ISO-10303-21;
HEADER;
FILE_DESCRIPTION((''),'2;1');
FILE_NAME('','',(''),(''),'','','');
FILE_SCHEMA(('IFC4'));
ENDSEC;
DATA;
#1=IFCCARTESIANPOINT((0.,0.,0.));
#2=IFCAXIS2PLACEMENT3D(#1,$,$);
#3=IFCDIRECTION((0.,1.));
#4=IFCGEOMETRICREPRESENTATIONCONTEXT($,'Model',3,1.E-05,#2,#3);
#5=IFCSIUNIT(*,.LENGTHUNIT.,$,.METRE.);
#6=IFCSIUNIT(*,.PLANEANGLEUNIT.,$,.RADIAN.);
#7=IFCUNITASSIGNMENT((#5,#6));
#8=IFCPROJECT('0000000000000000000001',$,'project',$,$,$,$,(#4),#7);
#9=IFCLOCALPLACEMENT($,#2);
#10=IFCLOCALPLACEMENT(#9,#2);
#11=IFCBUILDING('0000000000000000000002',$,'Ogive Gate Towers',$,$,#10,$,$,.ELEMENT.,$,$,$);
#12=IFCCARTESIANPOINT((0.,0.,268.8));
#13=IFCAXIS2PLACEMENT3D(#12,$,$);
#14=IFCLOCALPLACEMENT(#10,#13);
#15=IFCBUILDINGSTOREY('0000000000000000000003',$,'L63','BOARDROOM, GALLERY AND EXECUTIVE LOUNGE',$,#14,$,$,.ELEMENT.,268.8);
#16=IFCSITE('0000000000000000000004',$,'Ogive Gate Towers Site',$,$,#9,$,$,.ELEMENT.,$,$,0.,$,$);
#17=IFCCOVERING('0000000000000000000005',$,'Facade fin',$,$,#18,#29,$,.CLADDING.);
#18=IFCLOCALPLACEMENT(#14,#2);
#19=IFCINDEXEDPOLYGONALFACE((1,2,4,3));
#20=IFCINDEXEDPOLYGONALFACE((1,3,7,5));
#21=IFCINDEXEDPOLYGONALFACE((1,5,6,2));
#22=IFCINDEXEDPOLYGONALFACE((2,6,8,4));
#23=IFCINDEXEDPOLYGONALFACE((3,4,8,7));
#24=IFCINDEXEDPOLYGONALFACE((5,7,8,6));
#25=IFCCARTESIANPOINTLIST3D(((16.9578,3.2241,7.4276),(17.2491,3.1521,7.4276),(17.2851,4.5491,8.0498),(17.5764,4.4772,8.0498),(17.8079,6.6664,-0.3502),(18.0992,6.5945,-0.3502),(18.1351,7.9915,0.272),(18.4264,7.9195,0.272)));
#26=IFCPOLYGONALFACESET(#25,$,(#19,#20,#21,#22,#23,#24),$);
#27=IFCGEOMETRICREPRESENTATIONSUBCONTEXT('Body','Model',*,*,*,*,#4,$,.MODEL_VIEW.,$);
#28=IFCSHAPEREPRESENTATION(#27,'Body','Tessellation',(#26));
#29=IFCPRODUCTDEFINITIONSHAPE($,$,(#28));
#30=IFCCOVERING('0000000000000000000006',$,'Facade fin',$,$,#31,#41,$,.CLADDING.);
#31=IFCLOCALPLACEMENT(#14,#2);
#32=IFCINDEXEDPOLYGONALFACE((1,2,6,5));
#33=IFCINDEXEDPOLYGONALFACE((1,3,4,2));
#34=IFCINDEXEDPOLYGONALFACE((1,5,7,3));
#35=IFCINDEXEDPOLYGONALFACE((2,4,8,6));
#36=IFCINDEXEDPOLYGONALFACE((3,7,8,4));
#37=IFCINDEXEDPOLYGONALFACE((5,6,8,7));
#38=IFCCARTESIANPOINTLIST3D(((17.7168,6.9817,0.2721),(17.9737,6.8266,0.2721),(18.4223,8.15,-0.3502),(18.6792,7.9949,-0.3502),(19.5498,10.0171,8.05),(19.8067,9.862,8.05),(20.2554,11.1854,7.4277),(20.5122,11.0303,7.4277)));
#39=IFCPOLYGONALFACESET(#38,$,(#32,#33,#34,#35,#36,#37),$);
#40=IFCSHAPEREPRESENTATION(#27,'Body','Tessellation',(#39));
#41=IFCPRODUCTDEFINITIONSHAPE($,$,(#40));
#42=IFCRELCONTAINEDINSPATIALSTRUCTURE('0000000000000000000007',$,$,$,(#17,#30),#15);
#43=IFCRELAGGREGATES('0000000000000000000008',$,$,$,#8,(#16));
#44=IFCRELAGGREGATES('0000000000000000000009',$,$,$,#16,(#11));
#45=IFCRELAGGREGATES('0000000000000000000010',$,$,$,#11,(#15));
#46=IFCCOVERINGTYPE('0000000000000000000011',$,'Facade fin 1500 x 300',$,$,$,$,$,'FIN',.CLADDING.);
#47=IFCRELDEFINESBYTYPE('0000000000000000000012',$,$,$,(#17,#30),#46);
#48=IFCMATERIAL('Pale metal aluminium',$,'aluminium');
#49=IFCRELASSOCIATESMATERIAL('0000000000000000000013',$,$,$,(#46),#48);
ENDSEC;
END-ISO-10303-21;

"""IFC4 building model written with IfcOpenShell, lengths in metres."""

from ifc_helpers import new_model, si_unit, direction, frame, origin, origin_2d, place, context, subcontext, project, spatial, rectangle, extrude, material, material_profile, profile_set, type_object, element, save


model = new_model("IFC4")

# Units and contexts
model_context = context("Model", 3, precision=1e-05, world=origin(), true_north=direction((0.0, 1.0)))
body_context = subcontext(model_context, "Body", "Model", "MODEL_VIEW")
ifc_project = project(units=[si_unit("LENGTHUNIT", "METRE"), si_unit("PLANEANGLEUNIT", "RADIAN")], contexts=[model_context])

# Site, building, storey
site_placement = place(None, origin())
site = spatial("IfcSite", under=ifc_project, at=site_placement, Name="Ogive Gate Towers Site", CompositionType="ELEMENT", RefElevation=0.0)
building_placement = place(site_placement, origin())
building = spatial("IfcBuilding", under=site, at=building_placement, Name="Ogive Gate Towers", CompositionType="ELEMENT")
storey_placement = place(building_placement, frame((0.0, 0.0, 268.8)))
storey = spatial("IfcBuildingStorey", under=building, at=storey_placement, Name="L63", Description="BOARDROOM, GALLERY AND EXECUTIVE LOUNGE", CompositionType="ELEMENT", Elevation=268.8)

# Shared definitions
ifc_material_1 = material(Name="Pale metal aluminium", Category="aluminium")

# Coverings
ifc_material_profile_1 = material_profile(ifc_material_1, rectangle(XDim=0.3, YDim=1.5, at=origin_2d()), Name="1500 x 300 pale metal aluminium")
ifc_profile_set_1 = profile_set([ifc_material_profile_1], Name="Pale metal aluminium")
covering_type = type_object("IfcCoveringType", Name="Facade fin 1500 x 300", ElementType="FIN", PredefinedType="CLADDING", material=ifc_profile_set_1)
covering_1_placement = place(storey_placement, frame((18.1172, 7.293, -0.0391), z_axis=(-0.099451, -0.402715, 0.909907), x_axis=(0.970835, -0.239748, 0.0)))
element("IfcCovering", 1, at=covering_1_placement, inside=storey, type_object=covering_type, Name="Facade fin", PredefinedType="CLADDING", context=body_context, shape_type="SweptSolid", body=[
    extrude(rectangle(XDim=0.3, YDim=1.5, at=origin_2d()), origin(), (0.0, 0.0, 1.0), 8.5479),
])
covering_2_placement = place(storey_placement, frame((18.198, 7.4883, -0.0391), z_axis=(0.214437, 0.355101, 0.909901), x_axis=(-0.856025, 0.516934, 0.0)))
element("IfcCovering", 2, at=covering_2_placement, inside=storey, type_object=covering_type, Name="Facade fin", PredefinedType="CLADDING", context=body_context, shape_type="SweptSolid", body=[
    extrude(rectangle(XDim=0.3, YDim=1.5, at=origin_2d()), origin(), (0.0, 0.0, 1.0), 8.5481),
])

save(model, "model.ifc")
